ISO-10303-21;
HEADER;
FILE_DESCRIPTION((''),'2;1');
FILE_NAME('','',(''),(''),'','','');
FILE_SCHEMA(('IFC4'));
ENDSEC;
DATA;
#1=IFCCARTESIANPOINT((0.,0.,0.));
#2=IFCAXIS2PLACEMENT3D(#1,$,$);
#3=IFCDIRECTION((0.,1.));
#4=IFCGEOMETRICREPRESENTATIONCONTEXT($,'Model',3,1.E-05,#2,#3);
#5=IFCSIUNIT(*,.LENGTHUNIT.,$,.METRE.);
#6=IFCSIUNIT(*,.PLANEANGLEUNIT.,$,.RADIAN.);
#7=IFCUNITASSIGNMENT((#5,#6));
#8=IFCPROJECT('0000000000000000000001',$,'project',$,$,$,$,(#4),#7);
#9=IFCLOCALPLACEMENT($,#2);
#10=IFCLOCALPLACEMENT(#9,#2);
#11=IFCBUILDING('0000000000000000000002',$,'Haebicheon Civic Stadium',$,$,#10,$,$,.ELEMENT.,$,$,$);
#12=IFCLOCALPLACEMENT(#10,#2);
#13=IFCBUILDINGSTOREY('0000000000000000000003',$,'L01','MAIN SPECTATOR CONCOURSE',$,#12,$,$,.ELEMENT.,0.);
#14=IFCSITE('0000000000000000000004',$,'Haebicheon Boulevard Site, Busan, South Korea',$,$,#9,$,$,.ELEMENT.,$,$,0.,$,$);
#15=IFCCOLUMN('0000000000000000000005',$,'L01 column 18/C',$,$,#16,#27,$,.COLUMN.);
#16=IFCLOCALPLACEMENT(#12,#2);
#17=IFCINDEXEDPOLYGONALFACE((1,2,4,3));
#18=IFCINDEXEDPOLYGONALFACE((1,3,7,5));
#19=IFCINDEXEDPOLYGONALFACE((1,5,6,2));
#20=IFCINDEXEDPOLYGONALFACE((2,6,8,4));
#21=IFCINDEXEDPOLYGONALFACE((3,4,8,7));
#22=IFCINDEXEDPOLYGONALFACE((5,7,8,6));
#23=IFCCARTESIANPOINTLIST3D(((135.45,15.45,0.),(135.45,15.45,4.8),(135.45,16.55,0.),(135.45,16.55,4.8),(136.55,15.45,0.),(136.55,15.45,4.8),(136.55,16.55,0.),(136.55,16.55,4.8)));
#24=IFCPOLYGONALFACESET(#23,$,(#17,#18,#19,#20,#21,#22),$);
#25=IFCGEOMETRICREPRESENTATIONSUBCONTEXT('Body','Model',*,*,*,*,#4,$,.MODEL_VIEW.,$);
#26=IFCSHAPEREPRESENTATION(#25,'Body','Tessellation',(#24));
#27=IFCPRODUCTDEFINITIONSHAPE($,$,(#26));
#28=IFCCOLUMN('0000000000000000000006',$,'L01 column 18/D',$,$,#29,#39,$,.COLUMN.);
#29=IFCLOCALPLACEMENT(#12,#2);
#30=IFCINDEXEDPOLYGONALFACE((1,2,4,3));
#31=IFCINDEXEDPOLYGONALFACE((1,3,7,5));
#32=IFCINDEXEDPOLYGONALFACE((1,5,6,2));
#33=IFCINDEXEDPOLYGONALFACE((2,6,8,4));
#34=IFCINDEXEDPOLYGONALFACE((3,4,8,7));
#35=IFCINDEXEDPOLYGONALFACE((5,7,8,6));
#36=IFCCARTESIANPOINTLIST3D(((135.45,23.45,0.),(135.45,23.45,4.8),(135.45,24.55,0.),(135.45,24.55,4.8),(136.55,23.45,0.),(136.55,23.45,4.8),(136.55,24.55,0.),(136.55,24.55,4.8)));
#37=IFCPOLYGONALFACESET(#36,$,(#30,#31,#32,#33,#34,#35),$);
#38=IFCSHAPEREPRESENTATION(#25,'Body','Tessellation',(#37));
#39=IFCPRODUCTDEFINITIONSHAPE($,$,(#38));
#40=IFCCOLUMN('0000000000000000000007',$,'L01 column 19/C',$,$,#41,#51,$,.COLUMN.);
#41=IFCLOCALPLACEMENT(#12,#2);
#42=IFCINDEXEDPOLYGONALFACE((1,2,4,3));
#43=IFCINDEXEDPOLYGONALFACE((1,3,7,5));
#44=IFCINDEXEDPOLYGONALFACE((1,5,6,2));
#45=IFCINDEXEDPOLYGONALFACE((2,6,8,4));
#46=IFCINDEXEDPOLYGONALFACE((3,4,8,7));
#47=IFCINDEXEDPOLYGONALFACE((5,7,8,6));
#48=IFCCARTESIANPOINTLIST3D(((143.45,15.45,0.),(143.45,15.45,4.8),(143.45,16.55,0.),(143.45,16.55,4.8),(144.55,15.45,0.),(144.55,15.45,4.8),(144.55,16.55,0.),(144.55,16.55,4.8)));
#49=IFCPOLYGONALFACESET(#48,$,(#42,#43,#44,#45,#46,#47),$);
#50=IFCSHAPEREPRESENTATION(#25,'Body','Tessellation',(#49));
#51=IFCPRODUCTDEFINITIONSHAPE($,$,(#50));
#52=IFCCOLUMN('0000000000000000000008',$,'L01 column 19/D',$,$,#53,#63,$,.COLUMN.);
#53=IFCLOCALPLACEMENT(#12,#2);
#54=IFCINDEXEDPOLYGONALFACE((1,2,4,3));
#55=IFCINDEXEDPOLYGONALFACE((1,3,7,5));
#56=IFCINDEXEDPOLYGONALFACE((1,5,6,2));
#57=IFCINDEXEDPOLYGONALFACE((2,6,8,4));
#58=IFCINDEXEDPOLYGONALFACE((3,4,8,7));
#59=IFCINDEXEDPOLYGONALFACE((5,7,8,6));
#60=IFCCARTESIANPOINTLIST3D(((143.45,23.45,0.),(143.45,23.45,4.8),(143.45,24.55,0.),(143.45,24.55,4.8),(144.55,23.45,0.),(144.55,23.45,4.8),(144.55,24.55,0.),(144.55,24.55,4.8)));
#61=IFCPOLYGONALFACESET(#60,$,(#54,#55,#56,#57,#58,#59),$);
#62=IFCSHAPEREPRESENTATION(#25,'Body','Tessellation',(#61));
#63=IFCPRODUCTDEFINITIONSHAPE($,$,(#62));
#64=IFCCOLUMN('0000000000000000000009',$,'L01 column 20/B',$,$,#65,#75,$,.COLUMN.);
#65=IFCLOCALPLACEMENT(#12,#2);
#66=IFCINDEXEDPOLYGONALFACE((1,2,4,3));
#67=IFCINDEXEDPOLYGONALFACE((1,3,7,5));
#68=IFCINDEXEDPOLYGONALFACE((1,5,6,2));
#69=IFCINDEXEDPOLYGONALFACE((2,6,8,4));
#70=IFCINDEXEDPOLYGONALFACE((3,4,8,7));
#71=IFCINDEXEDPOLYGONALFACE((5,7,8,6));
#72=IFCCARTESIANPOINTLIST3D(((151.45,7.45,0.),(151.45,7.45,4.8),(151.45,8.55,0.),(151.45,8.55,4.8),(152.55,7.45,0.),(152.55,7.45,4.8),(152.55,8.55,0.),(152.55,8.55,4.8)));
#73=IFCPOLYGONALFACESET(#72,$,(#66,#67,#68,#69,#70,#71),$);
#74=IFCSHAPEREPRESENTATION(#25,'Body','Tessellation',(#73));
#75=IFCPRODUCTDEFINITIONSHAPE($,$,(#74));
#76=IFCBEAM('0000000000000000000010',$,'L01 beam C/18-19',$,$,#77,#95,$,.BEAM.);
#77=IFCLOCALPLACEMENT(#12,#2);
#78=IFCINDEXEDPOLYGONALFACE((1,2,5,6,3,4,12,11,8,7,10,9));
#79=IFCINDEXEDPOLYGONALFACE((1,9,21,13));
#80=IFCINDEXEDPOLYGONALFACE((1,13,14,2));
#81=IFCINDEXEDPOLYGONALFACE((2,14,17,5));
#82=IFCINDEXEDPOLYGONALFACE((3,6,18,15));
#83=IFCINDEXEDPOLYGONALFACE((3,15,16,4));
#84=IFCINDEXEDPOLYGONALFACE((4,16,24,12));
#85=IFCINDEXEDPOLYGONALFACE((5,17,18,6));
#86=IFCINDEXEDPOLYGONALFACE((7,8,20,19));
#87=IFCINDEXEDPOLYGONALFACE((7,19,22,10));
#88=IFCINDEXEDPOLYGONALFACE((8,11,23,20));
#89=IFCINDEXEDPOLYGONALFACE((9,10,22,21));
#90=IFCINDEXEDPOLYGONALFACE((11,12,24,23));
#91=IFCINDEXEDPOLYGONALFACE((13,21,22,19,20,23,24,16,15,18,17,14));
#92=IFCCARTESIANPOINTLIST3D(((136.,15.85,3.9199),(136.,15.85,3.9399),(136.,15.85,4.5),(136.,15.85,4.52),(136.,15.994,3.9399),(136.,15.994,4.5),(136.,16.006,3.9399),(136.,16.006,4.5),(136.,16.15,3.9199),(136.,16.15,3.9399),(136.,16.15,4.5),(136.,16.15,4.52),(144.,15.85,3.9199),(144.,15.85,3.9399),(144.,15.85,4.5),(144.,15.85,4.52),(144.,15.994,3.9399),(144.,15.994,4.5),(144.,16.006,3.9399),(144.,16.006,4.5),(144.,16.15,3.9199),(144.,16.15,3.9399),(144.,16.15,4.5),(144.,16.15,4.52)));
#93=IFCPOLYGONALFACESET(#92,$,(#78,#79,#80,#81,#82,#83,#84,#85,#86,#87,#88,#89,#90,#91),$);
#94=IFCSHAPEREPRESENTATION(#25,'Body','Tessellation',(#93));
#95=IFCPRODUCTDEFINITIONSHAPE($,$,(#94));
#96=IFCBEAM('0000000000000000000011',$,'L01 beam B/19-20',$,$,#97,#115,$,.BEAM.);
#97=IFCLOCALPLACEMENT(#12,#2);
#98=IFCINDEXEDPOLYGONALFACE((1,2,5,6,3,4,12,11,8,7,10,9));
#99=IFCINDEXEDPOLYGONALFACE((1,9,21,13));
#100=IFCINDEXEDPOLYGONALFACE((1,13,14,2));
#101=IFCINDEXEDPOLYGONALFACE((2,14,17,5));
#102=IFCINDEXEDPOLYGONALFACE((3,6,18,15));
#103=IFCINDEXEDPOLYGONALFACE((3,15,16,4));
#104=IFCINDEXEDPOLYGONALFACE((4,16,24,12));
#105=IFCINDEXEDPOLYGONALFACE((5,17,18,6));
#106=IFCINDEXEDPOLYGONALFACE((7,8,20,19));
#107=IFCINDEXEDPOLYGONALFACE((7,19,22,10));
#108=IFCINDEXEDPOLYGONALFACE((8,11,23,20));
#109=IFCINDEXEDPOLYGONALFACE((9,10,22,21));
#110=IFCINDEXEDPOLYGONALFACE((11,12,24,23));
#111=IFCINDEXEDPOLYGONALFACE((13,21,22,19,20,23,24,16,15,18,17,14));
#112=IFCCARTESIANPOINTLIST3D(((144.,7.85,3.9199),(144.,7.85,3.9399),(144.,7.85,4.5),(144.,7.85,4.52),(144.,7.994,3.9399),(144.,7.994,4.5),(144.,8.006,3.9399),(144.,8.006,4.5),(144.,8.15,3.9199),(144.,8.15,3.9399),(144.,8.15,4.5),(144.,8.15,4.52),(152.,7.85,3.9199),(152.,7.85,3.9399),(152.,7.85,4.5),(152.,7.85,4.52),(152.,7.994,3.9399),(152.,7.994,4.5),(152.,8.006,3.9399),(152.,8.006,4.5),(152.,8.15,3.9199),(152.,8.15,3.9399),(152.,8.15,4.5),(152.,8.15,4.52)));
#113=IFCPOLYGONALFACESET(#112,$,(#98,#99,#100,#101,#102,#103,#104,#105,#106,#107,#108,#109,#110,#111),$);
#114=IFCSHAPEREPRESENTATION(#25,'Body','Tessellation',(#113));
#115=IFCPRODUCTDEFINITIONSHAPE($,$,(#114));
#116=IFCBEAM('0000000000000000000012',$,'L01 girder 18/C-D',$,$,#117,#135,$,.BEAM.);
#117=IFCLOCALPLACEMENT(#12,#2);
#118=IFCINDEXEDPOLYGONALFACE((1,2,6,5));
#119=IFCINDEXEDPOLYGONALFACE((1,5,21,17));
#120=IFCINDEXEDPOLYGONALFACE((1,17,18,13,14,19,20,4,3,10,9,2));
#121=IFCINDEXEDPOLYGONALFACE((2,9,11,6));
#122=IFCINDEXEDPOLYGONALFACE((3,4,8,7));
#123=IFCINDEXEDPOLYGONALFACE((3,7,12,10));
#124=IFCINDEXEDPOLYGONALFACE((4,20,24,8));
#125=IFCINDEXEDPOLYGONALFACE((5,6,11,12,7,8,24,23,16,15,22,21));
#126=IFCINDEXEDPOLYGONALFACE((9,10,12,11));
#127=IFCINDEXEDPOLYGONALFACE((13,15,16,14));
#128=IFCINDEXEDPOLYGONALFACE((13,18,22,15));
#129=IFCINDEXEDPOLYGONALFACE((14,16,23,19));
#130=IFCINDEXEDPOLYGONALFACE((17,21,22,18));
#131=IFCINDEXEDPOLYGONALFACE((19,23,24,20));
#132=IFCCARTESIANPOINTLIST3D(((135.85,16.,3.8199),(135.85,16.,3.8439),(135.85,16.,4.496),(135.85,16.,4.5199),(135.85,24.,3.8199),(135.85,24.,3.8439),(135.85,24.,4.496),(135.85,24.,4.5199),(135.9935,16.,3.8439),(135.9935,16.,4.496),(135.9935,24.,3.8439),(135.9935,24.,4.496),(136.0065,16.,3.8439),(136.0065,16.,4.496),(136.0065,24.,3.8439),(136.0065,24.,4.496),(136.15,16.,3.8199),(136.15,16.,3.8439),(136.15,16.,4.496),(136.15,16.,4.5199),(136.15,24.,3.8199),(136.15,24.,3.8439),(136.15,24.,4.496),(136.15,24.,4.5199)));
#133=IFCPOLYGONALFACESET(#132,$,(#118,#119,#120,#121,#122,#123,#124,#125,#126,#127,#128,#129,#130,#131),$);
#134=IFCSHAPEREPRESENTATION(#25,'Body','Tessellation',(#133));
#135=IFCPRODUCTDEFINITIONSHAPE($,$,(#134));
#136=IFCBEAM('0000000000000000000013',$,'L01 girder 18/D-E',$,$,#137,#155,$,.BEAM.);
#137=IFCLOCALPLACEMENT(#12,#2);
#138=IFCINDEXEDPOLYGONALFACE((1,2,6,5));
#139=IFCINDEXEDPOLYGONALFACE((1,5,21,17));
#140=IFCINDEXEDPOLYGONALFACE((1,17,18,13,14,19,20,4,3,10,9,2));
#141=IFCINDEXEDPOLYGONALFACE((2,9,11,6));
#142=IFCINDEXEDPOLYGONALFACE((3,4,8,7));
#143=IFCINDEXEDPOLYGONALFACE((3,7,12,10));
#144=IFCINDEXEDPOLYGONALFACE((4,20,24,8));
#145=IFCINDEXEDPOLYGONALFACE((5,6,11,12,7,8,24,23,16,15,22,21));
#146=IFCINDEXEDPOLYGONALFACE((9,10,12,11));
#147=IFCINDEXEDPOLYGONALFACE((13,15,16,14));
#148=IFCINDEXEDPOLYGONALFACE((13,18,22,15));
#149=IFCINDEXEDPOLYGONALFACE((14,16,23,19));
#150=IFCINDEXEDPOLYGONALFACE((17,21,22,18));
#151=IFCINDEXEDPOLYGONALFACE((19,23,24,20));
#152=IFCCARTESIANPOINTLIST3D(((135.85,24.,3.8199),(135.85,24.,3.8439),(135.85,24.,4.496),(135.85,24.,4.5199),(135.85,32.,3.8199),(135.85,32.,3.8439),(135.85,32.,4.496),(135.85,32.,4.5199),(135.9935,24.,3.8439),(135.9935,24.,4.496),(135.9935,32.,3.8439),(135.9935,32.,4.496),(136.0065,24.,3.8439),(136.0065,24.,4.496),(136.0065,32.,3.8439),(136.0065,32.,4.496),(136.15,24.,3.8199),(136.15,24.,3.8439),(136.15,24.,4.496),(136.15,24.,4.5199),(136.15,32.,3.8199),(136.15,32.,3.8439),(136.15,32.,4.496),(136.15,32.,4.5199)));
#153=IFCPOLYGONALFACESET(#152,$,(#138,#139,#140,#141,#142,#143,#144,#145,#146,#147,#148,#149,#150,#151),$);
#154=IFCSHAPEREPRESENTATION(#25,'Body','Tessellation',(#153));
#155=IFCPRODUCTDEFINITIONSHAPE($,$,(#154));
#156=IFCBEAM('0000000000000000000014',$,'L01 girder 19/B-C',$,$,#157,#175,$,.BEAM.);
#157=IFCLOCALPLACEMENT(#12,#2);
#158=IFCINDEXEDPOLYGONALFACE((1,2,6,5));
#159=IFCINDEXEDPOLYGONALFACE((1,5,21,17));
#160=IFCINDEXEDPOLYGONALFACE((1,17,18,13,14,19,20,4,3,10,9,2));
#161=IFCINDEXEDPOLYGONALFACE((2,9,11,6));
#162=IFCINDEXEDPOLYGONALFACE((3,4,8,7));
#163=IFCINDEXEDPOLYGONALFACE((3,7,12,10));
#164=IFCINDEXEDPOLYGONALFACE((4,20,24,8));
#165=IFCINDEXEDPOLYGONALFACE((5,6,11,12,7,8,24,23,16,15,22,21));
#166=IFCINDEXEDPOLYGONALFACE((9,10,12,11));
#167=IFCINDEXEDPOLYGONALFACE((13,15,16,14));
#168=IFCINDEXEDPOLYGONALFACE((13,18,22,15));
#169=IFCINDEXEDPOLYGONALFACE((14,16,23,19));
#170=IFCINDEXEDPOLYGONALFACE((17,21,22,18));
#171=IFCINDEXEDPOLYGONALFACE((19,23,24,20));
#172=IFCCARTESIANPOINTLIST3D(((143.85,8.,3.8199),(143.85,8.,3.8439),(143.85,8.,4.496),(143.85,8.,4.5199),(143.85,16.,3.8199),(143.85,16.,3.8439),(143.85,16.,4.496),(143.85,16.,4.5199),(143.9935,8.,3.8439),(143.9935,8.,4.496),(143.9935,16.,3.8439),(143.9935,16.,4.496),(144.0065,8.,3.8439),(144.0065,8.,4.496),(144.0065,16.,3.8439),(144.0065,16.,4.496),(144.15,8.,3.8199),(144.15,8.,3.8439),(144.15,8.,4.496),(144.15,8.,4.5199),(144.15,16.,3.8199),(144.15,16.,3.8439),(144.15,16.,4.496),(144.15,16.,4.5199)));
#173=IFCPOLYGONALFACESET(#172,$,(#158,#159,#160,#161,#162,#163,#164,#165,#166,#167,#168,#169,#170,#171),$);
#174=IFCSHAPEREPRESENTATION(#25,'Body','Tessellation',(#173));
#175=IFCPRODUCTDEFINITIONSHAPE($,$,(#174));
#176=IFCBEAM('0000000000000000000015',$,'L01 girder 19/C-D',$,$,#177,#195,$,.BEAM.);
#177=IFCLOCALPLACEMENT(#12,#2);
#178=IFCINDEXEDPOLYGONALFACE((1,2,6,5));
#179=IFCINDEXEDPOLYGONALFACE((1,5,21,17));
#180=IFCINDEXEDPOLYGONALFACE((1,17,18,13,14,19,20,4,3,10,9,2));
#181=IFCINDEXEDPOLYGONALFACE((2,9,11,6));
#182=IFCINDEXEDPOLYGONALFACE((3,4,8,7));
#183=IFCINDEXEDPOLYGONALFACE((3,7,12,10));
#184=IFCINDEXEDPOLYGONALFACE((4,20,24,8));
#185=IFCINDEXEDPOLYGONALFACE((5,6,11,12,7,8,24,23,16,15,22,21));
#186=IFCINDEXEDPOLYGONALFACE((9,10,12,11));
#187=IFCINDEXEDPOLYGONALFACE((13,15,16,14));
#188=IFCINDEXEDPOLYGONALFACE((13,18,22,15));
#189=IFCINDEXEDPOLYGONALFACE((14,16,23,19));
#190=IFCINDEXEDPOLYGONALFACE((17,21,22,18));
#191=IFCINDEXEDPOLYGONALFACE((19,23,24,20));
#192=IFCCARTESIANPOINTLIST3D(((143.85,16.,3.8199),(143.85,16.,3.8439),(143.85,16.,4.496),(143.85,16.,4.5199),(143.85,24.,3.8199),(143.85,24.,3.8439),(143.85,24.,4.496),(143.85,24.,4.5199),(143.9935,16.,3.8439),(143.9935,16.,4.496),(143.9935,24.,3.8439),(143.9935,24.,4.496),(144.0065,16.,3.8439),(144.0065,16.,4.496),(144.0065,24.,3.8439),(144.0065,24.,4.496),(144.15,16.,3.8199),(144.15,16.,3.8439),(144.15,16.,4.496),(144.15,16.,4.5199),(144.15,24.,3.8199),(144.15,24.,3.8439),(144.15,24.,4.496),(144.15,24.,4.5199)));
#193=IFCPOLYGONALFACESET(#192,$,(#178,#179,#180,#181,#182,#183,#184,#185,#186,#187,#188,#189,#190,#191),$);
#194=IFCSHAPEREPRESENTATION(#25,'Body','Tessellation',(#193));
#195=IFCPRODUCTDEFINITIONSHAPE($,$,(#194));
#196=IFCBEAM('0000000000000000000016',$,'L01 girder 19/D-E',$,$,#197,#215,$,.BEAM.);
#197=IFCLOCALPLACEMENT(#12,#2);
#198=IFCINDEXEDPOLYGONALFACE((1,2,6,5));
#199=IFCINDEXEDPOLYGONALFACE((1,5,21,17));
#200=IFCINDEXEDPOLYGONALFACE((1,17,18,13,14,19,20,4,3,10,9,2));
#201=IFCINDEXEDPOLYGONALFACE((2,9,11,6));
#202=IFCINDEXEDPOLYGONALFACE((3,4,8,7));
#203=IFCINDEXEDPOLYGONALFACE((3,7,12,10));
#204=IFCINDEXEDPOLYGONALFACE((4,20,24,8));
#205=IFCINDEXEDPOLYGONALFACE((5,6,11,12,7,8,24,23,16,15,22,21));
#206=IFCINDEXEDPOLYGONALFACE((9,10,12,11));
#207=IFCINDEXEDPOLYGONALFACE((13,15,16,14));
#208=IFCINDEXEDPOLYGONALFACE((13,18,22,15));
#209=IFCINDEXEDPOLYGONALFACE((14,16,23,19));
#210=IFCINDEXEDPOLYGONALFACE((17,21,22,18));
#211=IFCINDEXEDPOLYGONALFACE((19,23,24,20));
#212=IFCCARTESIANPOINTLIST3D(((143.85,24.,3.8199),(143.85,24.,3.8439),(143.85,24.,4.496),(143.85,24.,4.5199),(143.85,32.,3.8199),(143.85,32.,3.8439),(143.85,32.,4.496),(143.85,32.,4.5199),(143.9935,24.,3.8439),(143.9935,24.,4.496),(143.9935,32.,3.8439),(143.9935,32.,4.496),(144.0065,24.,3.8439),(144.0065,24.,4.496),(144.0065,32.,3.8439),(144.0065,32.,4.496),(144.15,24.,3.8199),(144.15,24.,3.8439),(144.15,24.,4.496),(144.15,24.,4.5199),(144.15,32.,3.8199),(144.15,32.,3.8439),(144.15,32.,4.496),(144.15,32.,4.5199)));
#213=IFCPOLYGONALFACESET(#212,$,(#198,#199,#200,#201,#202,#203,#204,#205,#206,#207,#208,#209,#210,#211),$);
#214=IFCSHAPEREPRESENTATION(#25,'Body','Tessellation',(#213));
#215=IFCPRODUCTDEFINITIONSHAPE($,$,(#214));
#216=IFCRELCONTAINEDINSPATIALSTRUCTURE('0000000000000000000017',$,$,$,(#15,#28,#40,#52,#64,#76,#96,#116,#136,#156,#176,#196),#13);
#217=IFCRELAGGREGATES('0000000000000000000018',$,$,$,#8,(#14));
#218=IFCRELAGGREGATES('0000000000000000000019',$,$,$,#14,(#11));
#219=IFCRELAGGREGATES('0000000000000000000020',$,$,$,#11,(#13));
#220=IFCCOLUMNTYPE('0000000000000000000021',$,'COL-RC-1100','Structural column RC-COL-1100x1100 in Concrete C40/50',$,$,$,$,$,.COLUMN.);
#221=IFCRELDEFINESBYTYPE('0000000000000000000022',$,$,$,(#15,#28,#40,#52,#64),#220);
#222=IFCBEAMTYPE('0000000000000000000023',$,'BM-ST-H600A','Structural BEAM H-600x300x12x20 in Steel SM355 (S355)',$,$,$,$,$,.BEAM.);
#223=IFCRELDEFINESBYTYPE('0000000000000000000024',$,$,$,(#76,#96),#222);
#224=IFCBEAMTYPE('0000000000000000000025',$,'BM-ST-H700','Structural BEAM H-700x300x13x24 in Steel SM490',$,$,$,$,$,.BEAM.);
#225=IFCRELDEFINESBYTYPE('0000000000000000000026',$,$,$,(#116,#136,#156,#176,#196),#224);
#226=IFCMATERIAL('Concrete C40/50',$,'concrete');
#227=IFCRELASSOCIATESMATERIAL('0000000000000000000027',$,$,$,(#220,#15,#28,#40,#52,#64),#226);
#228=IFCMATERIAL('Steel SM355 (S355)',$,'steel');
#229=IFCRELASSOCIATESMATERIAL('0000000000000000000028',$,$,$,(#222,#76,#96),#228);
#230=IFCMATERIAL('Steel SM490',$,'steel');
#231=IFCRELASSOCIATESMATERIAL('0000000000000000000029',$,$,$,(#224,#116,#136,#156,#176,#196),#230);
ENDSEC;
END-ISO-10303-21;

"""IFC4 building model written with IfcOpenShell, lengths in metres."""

from ifc_helpers import new_model, si_unit, direction, frame, origin, origin_2d, place, context, subcontext, project, spatial, rectangle, i_section, extrude, material, material_profile, profile_set, type_object, element, save


model = new_model("IFC4")

# Units and contexts
model_context = context("Model", 3, precision=1e-05, world=origin(), true_north=direction((0.0, 1.0)))
body_context = subcontext(model_context, "Body", "Model", "MODEL_VIEW")
ifc_project = project(units=[si_unit("LENGTHUNIT", "METRE"), si_unit("PLANEANGLEUNIT", "RADIAN")], contexts=[model_context])

# Site, building, storey
site_placement = place(None, origin())
site = spatial("IfcSite", under=ifc_project, at=site_placement, Name="Haebicheon Boulevard Site, Busan, South Korea", CompositionType="ELEMENT", RefElevation=0.0)
building_placement = place(site_placement, origin())
building = spatial("IfcBuilding", under=site, at=building_placement, Name="Haebicheon Civic Stadium", CompositionType="ELEMENT")
storey_placement = place(building_placement, origin())
storey = spatial("IfcBuildingStorey", under=building, at=storey_placement, Name="L01", Description="MAIN SPECTATOR CONCOURSE", CompositionType="ELEMENT", Elevation=0.0)

# Columns
ifc_material_1 = material(Name="Concrete C40/50", Category="concrete")
ifc_material_profile_1 = material_profile(ifc_material_1, rectangle(XDim=1.1001, YDim=1.1001, at=origin_2d()), Name="RC-COL-1100x1100")
ifc_profile_set_1 = profile_set([ifc_material_profile_1], Name="Concrete C40/50")
column_type = type_object("IfcColumnType", Name="COL-RC-1100", Description="Structural column RC-COL-1100x1100 in Concrete C40/50", PredefinedType="COLUMN", material=ifc_profile_set_1)
for number, where, z_axis, x_axis, name in (
    (1, (136.0, 16.0, 0.0), (0.0, 0.0, 1.0), (1.0, 0.0, 0.0), "L01 column 18/C"),
    (2, (136.0, 24.0, 0.0), (0.0, 0.0, 1.0), (1.0, 0.0, 0.0), "L01 column 18/D"),
    (3, (144.0, 16.0, 0.0), (0.0, 0.0, 1.0), (1.0, 0.0, 0.0), "L01 column 19/C"),
    (4, (144.0, 24.0, 0.0), (0.0, 0.0, 1.0), (1.0, 0.0, 0.0), "L01 column 19/D"),
    (5, (152.0, 8.0, 0.0), (0.0, 0.0, 1.0), (1.0, 0.0, 0.0), "L01 column 20/B"),
):
    element("IfcColumn", number, at=place(storey_placement, frame(where, z_axis=z_axis, x_axis=x_axis)), inside=storey, type_object=column_type, material=ifc_profile_set_1, Name=name, PredefinedType="COLUMN", context=body_context, shape_type="SweptSolid", body=[
        extrude(rectangle(XDim=1.1001, YDim=1.1001, at=origin_2d()), origin(), (0.0, 0.0, 1.0), 4.8),
    ])

# Beams
ifc_material_2 = material(Name="Steel SM355 (S355)", Category="steel")
ifc_material_profile_2 = material_profile(ifc_material_2, i_section(OverallWidth=0.3, OverallDepth=0.6001, WebThickness=0.012, FlangeThickness=0.02, at=origin_2d()), Name="H-600x300x12x20")
ifc_profile_set_2 = profile_set([ifc_material_profile_2], Name="Steel SM355 (S355)")
beam_type_1 = type_object("IfcBeamType", Name="BM-ST-H600A", Description="Structural BEAM H-600x300x12x20 in Steel SM355 (S355)", PredefinedType="BEAM", material=ifc_profile_set_2)
for number, where, z_axis, x_axis, name in (
    (6, (136.0, 16.0, 4.22), (1.0, 0.0, 0.0), (0.0, 1.0, 0.0), "L01 beam C/18-19"),
    (7, (144.0, 8.0, 4.22), (1.0, 0.0, 0.0), (0.0, 1.0, 0.0), "L01 beam B/19-20"),
):
    element("IfcBeam", number, at=place(storey_placement, frame(where, z_axis=z_axis, x_axis=x_axis)), inside=storey, type_object=beam_type_1, material=ifc_profile_set_2, Name=name, PredefinedType="BEAM", context=body_context, shape_type="SweptSolid", body=[
        extrude(i_section(OverallWidth=0.3, OverallDepth=0.6001, WebThickness=0.012, FlangeThickness=0.02, at=origin_2d()), origin(), (0.0, 0.0, 1.0), 8.0),
    ])
ifc_material_3 = material(Name="Steel SM490", Category="steel")
ifc_material_profile_3 = material_profile(ifc_material_3, i_section(OverallWidth=0.3, OverallDepth=0.7, WebThickness=0.0129, FlangeThickness=0.0239, at=origin_2d()), Name="H-700x300x13x24")
ifc_profile_set_3 = profile_set([ifc_material_profile_3], Name="Steel SM490")
beam_type_2 = type_object("IfcBeamType", Name="BM-ST-H700", Description="Structural BEAM H-700x300x13x24 in Steel SM490", PredefinedType="BEAM", material=ifc_profile_set_3)
for number, where, z_axis, x_axis, name in (
    (8, (136.0, 16.0, 4.1699), (0.0, 1.0, 0.0), (-1.0, 0.0, 0.0), "L01 girder 18/C-D"),
    (9, (136.0, 24.0, 4.1699), (0.0, 1.0, 0.0), (-1.0, 0.0, 0.0), "L01 girder 18/D-E"),
    (10, (144.0, 8.0, 4.1699), (0.0, 1.0, 0.0), (-1.0, 0.0, 0.0), "L01 girder 19/B-C"),
    (11, (144.0, 16.0, 4.1699), (0.0, 1.0, 0.0), (-1.0, 0.0, 0.0), "L01 girder 19/C-D"),
    (12, (144.0, 24.0, 4.1699), (0.0, 1.0, 0.0), (-1.0, 0.0, 0.0), "L01 girder 19/D-E"),
):
    element("IfcBeam", number, at=place(storey_placement, frame(where, z_axis=z_axis, x_axis=x_axis)), inside=storey, type_object=beam_type_2, material=ifc_profile_set_3, Name=name, PredefinedType="BEAM", context=body_context, shape_type="SweptSolid", body=[
        extrude(i_section(OverallWidth=0.3, OverallDepth=0.7, WebThickness=0.0129, FlangeThickness=0.0239, at=origin_2d()), origin(), (0.0, 0.0, 1.0), 8.0),
    ])

save(model, "model.ifc")
